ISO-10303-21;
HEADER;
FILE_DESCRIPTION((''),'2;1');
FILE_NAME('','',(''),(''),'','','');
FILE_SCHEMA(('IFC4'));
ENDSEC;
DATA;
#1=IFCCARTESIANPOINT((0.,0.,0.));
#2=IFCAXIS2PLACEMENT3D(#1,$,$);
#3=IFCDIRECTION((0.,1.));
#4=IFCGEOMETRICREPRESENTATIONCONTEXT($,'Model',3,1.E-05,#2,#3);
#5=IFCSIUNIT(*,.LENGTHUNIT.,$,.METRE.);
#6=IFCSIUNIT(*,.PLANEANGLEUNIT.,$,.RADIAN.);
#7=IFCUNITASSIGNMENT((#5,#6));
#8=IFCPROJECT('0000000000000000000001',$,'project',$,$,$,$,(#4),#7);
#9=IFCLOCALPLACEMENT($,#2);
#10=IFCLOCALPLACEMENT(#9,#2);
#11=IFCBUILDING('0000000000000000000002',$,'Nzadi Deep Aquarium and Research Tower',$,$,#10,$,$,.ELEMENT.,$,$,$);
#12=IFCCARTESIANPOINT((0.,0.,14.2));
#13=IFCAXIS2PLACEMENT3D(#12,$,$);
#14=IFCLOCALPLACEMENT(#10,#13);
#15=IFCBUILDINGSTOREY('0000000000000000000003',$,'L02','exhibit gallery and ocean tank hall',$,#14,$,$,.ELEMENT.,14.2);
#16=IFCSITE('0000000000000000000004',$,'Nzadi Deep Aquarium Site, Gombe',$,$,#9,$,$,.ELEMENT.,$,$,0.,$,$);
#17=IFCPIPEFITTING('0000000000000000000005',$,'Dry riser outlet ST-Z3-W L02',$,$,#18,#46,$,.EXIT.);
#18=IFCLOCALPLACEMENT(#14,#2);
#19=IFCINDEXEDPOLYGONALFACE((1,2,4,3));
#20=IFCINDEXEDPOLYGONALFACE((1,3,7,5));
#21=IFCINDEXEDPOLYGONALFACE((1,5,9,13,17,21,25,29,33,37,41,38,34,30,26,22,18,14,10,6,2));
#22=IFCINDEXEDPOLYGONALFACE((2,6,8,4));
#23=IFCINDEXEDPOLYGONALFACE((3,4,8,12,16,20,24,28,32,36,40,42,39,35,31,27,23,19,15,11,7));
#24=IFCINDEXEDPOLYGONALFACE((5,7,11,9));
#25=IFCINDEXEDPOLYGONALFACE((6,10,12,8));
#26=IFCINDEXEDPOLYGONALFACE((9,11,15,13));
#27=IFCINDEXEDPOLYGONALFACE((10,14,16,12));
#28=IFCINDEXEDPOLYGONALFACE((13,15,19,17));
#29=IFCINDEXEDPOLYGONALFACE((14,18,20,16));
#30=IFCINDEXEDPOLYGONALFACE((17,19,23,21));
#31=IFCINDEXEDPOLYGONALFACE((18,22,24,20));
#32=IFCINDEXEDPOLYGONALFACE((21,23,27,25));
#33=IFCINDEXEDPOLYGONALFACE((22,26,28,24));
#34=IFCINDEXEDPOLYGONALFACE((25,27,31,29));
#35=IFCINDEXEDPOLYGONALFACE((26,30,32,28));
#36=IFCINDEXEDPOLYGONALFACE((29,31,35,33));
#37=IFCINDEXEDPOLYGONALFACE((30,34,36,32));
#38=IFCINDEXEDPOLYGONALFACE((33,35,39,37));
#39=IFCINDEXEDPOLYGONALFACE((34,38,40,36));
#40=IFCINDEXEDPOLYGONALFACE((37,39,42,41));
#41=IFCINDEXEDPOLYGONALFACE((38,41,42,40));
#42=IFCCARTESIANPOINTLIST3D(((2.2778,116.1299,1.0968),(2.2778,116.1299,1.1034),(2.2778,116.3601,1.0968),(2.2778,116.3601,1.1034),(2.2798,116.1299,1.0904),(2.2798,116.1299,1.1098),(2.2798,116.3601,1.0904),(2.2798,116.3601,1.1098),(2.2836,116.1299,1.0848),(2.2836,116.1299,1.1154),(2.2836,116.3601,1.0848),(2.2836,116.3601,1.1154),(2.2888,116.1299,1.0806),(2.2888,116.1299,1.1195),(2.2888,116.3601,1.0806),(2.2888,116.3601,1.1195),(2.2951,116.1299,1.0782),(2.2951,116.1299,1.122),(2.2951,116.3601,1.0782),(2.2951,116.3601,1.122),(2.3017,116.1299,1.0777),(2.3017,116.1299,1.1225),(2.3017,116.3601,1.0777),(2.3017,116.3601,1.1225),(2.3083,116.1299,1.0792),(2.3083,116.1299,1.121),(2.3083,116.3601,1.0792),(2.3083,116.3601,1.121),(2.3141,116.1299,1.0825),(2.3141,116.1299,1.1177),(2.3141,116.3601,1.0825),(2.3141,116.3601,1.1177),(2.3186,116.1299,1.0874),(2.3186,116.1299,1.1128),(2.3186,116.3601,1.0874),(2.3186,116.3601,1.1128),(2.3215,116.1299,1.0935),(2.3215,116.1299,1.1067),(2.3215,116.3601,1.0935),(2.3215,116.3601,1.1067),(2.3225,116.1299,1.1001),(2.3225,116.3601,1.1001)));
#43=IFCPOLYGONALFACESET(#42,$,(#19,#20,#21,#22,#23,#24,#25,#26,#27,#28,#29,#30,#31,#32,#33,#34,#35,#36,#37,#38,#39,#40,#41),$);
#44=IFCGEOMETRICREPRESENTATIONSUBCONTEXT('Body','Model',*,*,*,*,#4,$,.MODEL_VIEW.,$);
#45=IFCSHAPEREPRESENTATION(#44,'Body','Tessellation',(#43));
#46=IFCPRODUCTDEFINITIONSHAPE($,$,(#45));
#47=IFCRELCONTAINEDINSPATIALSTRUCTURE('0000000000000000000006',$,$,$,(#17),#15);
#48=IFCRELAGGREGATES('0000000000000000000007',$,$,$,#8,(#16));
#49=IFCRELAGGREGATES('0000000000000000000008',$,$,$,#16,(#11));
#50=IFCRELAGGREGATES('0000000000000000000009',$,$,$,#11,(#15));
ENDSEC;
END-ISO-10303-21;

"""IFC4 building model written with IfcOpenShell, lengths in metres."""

from ifc_helpers import new_model, si_unit, direction, frame, origin, origin_2d, place, context, subcontext, project, spatial, circle, extrude, element, save


model = new_model("IFC4")

# Units and contexts
model_context = context("Model", 3, precision=1e-05, world=origin(), true_north=direction((0.0, 1.0)))
body_context = subcontext(model_context, "Body", "Model", "MODEL_VIEW")
ifc_project = project(units=[si_unit("LENGTHUNIT", "METRE"), si_unit("PLANEANGLEUNIT", "RADIAN")], contexts=[model_context])

# Site, building, storey
site_placement = place(None, origin())
site = spatial("IfcSite", under=ifc_project, at=site_placement, Name="Nzadi Deep Aquarium Site, Gombe", CompositionType="ELEMENT", RefElevation=0.0)
building_placement = place(site_placement, origin())
building = spatial("IfcBuilding", under=site, at=building_placement, Name="Nzadi Deep Aquarium and Research Tower", CompositionType="ELEMENT")
storey_placement = place(building_placement, frame((0.0, 0.0, 14.2)))
storey = spatial("IfcBuildingStorey", under=building, at=storey_placement, Name="L02", Description="exhibit gallery and ocean tank hall", CompositionType="ELEMENT", Elevation=14.2)

# Pipe fitting
pipe_fitting_placement = place(storey_placement, frame((2.3, 116.3601, 1.1001), z_axis=(0.0, -1.0, 0.0), x_axis=(1.0, 0.0, 0.0)))
element("IfcPipeFitting", 1, at=pipe_fitting_placement, inside=storey, Name="Dry riser outlet ST-Z3-W L02", PredefinedType="EXIT", context=body_context, shape_type="SweptSolid", body=[
    extrude(circle(Radius=0.0225, at=origin_2d()), origin(), (0.0, 0.0, 1.0), 0.2302),
])

save(model, "model.ifc")
